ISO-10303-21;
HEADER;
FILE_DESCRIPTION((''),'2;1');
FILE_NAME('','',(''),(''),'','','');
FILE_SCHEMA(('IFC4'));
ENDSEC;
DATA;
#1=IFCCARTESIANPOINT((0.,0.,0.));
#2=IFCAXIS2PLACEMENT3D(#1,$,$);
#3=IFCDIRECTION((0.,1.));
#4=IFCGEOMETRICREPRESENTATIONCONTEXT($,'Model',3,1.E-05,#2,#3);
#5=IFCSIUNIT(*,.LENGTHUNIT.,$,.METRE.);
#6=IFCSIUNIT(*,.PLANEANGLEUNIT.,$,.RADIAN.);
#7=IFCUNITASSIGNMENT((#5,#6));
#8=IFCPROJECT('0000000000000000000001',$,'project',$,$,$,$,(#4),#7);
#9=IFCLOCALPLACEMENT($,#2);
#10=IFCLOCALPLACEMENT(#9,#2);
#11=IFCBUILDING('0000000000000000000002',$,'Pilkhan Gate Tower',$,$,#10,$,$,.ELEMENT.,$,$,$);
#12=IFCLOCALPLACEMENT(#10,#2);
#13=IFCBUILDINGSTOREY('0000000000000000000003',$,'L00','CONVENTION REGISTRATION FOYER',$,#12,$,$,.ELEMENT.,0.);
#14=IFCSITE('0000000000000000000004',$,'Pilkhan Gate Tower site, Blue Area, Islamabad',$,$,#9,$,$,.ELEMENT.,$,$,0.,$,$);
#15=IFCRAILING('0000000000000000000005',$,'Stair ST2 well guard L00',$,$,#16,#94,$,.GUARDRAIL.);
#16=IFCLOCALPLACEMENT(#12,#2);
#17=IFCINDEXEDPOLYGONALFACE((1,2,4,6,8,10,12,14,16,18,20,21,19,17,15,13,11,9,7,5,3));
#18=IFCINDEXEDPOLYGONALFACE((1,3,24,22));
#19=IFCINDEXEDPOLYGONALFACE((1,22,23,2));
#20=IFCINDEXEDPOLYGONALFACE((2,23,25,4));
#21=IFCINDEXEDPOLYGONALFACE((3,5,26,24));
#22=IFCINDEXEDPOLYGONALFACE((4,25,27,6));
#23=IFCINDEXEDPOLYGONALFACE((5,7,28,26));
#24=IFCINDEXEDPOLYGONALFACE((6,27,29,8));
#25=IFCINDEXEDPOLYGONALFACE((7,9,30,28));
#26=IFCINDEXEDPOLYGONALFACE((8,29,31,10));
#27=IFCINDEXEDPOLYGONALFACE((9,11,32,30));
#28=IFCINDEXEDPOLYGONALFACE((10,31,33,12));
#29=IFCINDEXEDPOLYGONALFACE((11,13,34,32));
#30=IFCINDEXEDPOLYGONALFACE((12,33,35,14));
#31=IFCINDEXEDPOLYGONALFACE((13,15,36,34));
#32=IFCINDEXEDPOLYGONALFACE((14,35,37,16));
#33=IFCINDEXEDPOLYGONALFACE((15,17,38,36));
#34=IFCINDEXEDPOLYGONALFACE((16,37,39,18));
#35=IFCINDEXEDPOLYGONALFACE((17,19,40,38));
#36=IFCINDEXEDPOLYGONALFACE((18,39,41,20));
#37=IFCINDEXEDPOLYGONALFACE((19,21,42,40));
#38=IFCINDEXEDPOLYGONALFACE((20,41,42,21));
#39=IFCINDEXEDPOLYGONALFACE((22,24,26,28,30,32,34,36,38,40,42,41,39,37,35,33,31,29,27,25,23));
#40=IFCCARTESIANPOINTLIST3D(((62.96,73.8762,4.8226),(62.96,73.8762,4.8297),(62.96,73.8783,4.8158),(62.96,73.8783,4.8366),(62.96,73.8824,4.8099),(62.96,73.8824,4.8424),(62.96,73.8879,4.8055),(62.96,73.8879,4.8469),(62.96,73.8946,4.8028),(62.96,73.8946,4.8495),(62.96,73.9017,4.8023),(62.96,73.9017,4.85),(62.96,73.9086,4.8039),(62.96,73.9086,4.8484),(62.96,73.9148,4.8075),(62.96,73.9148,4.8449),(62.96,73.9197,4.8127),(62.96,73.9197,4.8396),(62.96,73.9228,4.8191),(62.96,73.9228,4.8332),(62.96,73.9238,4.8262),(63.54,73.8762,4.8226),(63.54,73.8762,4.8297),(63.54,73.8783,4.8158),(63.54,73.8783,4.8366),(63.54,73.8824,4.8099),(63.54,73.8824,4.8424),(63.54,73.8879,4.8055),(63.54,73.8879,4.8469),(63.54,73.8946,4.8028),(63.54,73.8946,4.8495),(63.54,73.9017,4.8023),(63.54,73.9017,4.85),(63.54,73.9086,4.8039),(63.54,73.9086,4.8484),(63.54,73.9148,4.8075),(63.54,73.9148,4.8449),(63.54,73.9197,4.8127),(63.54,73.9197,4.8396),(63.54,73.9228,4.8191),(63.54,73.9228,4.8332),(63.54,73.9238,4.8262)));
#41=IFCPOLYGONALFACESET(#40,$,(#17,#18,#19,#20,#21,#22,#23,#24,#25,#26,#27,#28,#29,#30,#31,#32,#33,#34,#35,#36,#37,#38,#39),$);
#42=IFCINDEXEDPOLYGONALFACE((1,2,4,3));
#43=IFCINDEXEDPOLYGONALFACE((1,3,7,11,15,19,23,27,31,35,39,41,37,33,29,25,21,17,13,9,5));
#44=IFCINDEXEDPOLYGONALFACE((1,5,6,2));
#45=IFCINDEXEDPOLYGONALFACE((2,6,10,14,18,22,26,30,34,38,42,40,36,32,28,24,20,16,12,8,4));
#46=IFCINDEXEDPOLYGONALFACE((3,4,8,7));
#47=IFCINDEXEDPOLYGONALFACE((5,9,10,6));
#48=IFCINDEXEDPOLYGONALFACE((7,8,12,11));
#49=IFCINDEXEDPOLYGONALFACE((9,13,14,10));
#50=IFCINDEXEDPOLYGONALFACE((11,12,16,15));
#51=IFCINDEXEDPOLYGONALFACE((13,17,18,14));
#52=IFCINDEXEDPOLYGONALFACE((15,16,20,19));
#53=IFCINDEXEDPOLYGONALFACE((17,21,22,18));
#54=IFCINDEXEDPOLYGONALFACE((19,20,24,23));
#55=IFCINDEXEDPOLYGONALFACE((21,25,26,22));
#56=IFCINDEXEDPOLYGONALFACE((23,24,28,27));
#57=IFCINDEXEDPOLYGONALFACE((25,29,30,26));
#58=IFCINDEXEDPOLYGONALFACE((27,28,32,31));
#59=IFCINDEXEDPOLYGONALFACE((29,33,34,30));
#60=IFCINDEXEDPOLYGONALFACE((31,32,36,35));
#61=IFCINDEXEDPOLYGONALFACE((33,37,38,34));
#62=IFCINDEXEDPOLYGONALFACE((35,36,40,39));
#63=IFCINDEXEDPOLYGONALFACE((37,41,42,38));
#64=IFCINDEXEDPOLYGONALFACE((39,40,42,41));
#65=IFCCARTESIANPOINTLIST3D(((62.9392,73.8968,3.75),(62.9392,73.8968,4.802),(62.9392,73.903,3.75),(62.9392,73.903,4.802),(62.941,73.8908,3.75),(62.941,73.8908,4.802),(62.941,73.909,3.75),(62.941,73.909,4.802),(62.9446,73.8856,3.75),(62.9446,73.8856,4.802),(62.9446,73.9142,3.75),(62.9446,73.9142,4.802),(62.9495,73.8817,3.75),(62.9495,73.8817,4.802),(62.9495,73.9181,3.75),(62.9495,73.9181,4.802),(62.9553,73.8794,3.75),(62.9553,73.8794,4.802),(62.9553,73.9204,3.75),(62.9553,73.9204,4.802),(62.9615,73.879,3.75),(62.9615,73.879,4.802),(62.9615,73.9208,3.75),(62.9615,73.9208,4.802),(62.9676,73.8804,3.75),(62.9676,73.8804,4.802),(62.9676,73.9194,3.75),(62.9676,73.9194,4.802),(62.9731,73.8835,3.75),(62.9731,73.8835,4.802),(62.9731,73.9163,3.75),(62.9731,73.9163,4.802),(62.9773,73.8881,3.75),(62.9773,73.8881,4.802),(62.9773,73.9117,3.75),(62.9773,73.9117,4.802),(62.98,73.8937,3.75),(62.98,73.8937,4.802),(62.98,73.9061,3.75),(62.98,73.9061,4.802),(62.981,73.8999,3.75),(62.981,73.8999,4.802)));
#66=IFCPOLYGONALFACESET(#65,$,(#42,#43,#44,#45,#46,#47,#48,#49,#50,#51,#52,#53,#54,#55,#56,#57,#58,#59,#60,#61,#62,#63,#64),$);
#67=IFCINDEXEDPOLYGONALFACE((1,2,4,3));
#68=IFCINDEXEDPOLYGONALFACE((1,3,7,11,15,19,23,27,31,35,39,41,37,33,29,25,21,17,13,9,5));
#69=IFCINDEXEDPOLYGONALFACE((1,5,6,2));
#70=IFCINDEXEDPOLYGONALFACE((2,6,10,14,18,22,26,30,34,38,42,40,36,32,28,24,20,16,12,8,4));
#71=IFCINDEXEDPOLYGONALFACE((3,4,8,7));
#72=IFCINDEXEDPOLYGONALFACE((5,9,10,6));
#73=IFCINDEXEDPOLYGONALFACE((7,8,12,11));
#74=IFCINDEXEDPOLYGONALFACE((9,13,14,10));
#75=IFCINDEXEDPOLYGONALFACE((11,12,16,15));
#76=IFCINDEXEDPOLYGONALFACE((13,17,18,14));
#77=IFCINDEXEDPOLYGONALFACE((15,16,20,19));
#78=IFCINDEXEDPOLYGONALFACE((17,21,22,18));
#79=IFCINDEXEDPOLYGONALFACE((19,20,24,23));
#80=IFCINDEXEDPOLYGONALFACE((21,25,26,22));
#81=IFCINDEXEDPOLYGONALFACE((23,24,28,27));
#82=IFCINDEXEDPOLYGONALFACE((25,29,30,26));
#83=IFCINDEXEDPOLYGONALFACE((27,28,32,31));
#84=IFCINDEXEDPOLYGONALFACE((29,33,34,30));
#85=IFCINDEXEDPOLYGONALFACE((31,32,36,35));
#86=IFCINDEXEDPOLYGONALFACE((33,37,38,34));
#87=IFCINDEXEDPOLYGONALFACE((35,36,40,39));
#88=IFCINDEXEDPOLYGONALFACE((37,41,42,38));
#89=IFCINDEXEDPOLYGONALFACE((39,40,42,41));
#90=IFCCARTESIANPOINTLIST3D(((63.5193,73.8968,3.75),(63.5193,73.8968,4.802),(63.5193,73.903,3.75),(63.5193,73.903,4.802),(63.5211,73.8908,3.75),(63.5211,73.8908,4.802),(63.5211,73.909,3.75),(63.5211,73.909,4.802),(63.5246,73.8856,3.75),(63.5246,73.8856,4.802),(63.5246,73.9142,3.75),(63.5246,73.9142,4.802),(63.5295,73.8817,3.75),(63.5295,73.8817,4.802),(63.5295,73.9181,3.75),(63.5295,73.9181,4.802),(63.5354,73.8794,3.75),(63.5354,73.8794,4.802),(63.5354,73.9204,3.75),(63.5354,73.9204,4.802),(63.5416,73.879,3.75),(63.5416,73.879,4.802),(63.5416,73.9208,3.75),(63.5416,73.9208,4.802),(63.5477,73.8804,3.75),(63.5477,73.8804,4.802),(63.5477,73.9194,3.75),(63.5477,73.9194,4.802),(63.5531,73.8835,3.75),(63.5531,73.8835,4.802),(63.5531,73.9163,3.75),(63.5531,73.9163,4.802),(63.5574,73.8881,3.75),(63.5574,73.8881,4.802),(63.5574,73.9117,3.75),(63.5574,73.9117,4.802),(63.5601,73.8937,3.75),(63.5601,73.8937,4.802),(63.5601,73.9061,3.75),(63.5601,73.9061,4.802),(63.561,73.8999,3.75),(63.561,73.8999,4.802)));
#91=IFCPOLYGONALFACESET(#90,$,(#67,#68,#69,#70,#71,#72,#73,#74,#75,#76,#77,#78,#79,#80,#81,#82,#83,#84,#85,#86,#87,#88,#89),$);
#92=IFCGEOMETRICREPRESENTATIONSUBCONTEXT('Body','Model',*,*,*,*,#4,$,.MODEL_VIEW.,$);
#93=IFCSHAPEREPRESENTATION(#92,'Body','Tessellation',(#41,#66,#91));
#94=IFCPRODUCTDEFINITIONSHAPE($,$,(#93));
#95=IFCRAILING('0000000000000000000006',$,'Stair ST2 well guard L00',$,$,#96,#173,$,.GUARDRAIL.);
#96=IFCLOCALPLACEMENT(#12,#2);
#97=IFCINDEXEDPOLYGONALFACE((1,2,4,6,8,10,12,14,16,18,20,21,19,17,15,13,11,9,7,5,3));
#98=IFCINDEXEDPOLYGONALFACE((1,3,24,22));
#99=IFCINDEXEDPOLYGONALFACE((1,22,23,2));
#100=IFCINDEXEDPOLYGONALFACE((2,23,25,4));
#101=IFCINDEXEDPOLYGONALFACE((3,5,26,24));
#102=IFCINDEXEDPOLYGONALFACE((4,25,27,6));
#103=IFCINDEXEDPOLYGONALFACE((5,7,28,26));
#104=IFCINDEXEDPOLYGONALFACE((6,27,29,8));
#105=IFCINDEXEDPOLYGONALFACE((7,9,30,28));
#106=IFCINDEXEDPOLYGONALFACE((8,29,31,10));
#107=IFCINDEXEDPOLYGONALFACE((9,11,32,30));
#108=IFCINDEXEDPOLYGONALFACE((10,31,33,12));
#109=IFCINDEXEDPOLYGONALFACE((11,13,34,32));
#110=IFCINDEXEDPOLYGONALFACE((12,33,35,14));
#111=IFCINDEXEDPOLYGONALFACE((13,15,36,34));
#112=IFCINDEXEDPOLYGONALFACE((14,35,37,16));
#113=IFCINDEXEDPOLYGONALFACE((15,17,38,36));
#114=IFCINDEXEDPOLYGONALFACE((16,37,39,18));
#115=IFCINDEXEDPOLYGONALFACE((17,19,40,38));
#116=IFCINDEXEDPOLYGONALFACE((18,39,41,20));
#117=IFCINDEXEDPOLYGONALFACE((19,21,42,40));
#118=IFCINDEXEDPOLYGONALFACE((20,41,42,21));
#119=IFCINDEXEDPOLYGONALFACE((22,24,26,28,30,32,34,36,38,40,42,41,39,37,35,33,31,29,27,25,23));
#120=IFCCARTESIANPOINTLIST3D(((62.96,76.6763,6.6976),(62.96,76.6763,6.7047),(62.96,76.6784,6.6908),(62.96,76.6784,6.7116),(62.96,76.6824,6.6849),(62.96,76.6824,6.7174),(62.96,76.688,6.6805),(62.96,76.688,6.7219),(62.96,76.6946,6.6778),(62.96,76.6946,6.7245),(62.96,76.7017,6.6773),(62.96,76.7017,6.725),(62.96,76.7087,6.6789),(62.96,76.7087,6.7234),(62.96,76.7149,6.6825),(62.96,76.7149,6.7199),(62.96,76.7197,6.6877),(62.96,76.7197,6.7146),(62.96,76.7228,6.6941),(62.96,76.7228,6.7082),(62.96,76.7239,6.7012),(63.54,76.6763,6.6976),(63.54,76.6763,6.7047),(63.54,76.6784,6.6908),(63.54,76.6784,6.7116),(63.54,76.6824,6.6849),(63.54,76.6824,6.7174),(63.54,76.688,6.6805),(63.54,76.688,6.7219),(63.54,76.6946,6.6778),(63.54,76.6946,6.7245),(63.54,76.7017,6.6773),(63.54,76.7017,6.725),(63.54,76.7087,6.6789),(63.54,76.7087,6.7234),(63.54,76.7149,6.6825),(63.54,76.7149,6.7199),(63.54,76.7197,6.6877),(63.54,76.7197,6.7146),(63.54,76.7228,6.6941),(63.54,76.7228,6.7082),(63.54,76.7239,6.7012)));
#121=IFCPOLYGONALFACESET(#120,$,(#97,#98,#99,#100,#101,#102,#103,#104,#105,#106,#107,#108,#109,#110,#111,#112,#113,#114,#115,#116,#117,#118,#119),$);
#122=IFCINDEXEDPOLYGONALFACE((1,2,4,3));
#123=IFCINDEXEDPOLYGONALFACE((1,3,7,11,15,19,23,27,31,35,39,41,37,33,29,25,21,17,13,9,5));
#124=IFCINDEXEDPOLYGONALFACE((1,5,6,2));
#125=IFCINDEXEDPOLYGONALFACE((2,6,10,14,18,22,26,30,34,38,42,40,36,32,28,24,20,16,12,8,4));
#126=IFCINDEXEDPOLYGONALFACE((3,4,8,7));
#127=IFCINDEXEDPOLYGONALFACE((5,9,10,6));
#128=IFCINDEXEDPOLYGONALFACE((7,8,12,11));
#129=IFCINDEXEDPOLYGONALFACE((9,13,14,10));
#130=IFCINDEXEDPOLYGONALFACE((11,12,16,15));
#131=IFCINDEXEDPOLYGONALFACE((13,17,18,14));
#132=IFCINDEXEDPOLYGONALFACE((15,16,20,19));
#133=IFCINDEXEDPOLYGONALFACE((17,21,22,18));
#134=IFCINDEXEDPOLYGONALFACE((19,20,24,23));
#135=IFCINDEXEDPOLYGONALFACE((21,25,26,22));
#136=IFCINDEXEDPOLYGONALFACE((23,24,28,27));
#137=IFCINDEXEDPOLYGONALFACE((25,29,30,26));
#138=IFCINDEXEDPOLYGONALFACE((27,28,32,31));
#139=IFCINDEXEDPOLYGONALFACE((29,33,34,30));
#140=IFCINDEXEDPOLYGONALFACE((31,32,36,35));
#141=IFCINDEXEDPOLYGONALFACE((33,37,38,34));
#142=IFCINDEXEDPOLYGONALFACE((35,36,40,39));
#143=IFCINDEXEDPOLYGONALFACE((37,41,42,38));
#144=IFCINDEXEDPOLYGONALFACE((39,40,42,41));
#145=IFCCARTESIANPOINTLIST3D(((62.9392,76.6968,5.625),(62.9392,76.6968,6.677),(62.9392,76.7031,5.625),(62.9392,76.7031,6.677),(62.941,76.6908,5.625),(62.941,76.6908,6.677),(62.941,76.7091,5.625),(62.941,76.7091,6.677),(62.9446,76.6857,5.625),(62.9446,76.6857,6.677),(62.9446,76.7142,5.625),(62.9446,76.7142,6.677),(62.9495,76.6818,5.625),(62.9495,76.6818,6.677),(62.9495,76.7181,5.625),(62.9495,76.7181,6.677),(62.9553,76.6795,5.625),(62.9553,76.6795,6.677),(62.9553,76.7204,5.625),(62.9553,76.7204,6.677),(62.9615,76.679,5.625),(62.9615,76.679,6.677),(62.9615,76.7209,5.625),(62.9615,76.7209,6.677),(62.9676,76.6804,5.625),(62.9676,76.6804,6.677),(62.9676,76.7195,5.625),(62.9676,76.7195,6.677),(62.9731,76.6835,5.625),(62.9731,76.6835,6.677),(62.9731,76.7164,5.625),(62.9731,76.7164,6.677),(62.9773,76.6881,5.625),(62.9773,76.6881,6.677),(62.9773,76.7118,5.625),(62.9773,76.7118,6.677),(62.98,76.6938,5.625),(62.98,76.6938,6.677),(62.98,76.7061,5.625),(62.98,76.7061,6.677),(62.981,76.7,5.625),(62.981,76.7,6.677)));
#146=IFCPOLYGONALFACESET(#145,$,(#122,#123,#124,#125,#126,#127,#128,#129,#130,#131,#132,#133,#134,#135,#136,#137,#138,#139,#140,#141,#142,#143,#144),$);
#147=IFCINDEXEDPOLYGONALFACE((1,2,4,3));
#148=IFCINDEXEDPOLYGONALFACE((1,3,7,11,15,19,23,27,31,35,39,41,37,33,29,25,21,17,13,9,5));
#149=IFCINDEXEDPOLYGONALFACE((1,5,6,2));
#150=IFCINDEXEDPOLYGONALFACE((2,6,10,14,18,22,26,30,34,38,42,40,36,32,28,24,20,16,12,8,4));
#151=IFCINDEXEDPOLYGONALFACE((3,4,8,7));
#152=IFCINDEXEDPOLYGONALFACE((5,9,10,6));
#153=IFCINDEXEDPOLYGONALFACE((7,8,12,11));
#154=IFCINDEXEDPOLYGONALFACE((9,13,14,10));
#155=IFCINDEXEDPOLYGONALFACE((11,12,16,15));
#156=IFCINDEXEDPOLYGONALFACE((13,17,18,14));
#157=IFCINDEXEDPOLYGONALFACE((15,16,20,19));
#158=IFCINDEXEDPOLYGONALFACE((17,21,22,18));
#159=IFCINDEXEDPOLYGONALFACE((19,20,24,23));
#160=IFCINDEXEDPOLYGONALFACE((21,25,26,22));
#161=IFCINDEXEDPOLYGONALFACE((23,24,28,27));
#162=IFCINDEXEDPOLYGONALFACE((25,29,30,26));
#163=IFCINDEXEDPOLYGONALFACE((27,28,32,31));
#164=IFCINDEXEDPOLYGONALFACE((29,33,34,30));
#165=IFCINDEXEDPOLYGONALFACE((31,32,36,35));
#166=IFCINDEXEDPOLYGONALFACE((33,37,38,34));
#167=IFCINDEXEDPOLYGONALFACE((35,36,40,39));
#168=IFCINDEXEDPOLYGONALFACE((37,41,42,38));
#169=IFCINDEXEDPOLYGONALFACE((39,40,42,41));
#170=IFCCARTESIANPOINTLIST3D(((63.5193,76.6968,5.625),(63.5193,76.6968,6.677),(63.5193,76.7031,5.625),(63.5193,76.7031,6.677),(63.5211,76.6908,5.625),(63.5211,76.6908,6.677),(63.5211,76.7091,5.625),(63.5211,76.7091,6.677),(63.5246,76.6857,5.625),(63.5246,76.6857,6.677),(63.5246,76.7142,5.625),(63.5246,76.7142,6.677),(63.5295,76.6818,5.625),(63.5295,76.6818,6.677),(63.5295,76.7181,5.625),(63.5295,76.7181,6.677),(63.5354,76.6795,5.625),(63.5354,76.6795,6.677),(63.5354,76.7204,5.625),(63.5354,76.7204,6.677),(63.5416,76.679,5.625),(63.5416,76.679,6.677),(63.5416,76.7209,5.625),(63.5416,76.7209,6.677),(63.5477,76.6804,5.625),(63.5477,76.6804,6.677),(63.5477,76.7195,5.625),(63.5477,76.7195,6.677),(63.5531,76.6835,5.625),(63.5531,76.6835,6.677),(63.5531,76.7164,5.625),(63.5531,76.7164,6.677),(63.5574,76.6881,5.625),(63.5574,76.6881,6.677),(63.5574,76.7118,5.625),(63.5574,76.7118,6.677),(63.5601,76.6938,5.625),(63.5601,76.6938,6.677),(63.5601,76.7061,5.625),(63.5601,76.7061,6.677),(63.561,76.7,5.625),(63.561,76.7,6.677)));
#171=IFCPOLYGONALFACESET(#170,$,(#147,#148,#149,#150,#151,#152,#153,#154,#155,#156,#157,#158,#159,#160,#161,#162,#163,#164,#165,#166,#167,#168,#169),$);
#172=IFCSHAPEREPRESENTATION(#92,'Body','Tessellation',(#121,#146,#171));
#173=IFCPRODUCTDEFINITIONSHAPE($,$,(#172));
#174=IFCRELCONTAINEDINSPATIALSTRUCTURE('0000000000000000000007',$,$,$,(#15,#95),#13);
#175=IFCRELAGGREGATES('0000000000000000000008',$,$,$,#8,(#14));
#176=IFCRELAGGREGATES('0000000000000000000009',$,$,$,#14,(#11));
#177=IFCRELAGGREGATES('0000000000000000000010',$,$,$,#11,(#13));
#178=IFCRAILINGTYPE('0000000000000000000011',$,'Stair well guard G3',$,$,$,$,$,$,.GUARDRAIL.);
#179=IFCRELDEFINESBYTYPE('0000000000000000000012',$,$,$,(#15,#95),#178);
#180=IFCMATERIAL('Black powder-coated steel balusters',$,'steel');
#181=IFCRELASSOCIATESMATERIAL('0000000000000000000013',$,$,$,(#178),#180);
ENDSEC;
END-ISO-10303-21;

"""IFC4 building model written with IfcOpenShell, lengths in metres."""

from ifc_helpers import new_model, si_unit, direction, frame, origin, origin_2d, place, context, subcontext, project, spatial, circle, extrude, material, type_object, element, save


model = new_model("IFC4")

# Units and contexts
model_context = context("Model", 3, precision=1e-05, world=origin(), true_north=direction((0.0, 1.0)))
body_context = subcontext(model_context, "Body", "Model", "MODEL_VIEW")
ifc_project = project(units=[si_unit("LENGTHUNIT", "METRE"), si_unit("PLANEANGLEUNIT", "RADIAN")], contexts=[model_context])

# Site, building, storey
site_placement = place(None, origin())
site = spatial("IfcSite", under=ifc_project, at=site_placement, Name="Pilkhan Gate Tower site, Blue Area, Islamabad", CompositionType="ELEMENT", RefElevation=0.0)
building_placement = place(site_placement, origin())
building = spatial("IfcBuilding", under=site, at=building_placement, Name="Pilkhan Gate Tower", CompositionType="ELEMENT")
storey_placement = place(building_placement, origin())
storey = spatial("IfcBuildingStorey", under=building, at=storey_placement, Name="L00", Description="CONVENTION REGISTRATION FOYER", CompositionType="ELEMENT", Elevation=0.0)

# Railings
ifc_material_1 = material(Name="Black powder-coated steel balusters", Category="steel")
railing_type_1 = type_object("IfcRailingType", Name="Stair well guard G3", PredefinedType="GUARDRAIL", material=ifc_material_1)
for number, where, name in (
    (1, (62.96, 73.8999, 3.75), "Stair ST2 well guard L00"),
    (2, (62.96, 76.7, 5.625), "Stair ST2 well guard L00"),
):
    element("IfcRailing", number, at=place(storey_placement, frame(where)), inside=storey, type_object=railing_type_1, Name=name, PredefinedType="GUARDRAIL", context=body_context, shape_type="SweptSolid", body=[
        extrude(circle(Radius=0.0239, at=origin_2d()), frame((0.0, 0.0, 1.0762), z_axis=(1.0, 0.0, 0.0), x_axis=(0.0, 1.0, 0.0)), (0.0, 0.0, 1.0), 0.5801),
        extrude(circle(Radius=0.021, at=origin_2d()), origin(), (0.0, 0.0, 1.0), 1.052),
        extrude(circle(Radius=0.021, at=origin_2d()), frame((0.5801, 0.0, 0.0)), (0.0, 0.0, 1.0), 1.052),
    ])

save(model, "model.ifc")
